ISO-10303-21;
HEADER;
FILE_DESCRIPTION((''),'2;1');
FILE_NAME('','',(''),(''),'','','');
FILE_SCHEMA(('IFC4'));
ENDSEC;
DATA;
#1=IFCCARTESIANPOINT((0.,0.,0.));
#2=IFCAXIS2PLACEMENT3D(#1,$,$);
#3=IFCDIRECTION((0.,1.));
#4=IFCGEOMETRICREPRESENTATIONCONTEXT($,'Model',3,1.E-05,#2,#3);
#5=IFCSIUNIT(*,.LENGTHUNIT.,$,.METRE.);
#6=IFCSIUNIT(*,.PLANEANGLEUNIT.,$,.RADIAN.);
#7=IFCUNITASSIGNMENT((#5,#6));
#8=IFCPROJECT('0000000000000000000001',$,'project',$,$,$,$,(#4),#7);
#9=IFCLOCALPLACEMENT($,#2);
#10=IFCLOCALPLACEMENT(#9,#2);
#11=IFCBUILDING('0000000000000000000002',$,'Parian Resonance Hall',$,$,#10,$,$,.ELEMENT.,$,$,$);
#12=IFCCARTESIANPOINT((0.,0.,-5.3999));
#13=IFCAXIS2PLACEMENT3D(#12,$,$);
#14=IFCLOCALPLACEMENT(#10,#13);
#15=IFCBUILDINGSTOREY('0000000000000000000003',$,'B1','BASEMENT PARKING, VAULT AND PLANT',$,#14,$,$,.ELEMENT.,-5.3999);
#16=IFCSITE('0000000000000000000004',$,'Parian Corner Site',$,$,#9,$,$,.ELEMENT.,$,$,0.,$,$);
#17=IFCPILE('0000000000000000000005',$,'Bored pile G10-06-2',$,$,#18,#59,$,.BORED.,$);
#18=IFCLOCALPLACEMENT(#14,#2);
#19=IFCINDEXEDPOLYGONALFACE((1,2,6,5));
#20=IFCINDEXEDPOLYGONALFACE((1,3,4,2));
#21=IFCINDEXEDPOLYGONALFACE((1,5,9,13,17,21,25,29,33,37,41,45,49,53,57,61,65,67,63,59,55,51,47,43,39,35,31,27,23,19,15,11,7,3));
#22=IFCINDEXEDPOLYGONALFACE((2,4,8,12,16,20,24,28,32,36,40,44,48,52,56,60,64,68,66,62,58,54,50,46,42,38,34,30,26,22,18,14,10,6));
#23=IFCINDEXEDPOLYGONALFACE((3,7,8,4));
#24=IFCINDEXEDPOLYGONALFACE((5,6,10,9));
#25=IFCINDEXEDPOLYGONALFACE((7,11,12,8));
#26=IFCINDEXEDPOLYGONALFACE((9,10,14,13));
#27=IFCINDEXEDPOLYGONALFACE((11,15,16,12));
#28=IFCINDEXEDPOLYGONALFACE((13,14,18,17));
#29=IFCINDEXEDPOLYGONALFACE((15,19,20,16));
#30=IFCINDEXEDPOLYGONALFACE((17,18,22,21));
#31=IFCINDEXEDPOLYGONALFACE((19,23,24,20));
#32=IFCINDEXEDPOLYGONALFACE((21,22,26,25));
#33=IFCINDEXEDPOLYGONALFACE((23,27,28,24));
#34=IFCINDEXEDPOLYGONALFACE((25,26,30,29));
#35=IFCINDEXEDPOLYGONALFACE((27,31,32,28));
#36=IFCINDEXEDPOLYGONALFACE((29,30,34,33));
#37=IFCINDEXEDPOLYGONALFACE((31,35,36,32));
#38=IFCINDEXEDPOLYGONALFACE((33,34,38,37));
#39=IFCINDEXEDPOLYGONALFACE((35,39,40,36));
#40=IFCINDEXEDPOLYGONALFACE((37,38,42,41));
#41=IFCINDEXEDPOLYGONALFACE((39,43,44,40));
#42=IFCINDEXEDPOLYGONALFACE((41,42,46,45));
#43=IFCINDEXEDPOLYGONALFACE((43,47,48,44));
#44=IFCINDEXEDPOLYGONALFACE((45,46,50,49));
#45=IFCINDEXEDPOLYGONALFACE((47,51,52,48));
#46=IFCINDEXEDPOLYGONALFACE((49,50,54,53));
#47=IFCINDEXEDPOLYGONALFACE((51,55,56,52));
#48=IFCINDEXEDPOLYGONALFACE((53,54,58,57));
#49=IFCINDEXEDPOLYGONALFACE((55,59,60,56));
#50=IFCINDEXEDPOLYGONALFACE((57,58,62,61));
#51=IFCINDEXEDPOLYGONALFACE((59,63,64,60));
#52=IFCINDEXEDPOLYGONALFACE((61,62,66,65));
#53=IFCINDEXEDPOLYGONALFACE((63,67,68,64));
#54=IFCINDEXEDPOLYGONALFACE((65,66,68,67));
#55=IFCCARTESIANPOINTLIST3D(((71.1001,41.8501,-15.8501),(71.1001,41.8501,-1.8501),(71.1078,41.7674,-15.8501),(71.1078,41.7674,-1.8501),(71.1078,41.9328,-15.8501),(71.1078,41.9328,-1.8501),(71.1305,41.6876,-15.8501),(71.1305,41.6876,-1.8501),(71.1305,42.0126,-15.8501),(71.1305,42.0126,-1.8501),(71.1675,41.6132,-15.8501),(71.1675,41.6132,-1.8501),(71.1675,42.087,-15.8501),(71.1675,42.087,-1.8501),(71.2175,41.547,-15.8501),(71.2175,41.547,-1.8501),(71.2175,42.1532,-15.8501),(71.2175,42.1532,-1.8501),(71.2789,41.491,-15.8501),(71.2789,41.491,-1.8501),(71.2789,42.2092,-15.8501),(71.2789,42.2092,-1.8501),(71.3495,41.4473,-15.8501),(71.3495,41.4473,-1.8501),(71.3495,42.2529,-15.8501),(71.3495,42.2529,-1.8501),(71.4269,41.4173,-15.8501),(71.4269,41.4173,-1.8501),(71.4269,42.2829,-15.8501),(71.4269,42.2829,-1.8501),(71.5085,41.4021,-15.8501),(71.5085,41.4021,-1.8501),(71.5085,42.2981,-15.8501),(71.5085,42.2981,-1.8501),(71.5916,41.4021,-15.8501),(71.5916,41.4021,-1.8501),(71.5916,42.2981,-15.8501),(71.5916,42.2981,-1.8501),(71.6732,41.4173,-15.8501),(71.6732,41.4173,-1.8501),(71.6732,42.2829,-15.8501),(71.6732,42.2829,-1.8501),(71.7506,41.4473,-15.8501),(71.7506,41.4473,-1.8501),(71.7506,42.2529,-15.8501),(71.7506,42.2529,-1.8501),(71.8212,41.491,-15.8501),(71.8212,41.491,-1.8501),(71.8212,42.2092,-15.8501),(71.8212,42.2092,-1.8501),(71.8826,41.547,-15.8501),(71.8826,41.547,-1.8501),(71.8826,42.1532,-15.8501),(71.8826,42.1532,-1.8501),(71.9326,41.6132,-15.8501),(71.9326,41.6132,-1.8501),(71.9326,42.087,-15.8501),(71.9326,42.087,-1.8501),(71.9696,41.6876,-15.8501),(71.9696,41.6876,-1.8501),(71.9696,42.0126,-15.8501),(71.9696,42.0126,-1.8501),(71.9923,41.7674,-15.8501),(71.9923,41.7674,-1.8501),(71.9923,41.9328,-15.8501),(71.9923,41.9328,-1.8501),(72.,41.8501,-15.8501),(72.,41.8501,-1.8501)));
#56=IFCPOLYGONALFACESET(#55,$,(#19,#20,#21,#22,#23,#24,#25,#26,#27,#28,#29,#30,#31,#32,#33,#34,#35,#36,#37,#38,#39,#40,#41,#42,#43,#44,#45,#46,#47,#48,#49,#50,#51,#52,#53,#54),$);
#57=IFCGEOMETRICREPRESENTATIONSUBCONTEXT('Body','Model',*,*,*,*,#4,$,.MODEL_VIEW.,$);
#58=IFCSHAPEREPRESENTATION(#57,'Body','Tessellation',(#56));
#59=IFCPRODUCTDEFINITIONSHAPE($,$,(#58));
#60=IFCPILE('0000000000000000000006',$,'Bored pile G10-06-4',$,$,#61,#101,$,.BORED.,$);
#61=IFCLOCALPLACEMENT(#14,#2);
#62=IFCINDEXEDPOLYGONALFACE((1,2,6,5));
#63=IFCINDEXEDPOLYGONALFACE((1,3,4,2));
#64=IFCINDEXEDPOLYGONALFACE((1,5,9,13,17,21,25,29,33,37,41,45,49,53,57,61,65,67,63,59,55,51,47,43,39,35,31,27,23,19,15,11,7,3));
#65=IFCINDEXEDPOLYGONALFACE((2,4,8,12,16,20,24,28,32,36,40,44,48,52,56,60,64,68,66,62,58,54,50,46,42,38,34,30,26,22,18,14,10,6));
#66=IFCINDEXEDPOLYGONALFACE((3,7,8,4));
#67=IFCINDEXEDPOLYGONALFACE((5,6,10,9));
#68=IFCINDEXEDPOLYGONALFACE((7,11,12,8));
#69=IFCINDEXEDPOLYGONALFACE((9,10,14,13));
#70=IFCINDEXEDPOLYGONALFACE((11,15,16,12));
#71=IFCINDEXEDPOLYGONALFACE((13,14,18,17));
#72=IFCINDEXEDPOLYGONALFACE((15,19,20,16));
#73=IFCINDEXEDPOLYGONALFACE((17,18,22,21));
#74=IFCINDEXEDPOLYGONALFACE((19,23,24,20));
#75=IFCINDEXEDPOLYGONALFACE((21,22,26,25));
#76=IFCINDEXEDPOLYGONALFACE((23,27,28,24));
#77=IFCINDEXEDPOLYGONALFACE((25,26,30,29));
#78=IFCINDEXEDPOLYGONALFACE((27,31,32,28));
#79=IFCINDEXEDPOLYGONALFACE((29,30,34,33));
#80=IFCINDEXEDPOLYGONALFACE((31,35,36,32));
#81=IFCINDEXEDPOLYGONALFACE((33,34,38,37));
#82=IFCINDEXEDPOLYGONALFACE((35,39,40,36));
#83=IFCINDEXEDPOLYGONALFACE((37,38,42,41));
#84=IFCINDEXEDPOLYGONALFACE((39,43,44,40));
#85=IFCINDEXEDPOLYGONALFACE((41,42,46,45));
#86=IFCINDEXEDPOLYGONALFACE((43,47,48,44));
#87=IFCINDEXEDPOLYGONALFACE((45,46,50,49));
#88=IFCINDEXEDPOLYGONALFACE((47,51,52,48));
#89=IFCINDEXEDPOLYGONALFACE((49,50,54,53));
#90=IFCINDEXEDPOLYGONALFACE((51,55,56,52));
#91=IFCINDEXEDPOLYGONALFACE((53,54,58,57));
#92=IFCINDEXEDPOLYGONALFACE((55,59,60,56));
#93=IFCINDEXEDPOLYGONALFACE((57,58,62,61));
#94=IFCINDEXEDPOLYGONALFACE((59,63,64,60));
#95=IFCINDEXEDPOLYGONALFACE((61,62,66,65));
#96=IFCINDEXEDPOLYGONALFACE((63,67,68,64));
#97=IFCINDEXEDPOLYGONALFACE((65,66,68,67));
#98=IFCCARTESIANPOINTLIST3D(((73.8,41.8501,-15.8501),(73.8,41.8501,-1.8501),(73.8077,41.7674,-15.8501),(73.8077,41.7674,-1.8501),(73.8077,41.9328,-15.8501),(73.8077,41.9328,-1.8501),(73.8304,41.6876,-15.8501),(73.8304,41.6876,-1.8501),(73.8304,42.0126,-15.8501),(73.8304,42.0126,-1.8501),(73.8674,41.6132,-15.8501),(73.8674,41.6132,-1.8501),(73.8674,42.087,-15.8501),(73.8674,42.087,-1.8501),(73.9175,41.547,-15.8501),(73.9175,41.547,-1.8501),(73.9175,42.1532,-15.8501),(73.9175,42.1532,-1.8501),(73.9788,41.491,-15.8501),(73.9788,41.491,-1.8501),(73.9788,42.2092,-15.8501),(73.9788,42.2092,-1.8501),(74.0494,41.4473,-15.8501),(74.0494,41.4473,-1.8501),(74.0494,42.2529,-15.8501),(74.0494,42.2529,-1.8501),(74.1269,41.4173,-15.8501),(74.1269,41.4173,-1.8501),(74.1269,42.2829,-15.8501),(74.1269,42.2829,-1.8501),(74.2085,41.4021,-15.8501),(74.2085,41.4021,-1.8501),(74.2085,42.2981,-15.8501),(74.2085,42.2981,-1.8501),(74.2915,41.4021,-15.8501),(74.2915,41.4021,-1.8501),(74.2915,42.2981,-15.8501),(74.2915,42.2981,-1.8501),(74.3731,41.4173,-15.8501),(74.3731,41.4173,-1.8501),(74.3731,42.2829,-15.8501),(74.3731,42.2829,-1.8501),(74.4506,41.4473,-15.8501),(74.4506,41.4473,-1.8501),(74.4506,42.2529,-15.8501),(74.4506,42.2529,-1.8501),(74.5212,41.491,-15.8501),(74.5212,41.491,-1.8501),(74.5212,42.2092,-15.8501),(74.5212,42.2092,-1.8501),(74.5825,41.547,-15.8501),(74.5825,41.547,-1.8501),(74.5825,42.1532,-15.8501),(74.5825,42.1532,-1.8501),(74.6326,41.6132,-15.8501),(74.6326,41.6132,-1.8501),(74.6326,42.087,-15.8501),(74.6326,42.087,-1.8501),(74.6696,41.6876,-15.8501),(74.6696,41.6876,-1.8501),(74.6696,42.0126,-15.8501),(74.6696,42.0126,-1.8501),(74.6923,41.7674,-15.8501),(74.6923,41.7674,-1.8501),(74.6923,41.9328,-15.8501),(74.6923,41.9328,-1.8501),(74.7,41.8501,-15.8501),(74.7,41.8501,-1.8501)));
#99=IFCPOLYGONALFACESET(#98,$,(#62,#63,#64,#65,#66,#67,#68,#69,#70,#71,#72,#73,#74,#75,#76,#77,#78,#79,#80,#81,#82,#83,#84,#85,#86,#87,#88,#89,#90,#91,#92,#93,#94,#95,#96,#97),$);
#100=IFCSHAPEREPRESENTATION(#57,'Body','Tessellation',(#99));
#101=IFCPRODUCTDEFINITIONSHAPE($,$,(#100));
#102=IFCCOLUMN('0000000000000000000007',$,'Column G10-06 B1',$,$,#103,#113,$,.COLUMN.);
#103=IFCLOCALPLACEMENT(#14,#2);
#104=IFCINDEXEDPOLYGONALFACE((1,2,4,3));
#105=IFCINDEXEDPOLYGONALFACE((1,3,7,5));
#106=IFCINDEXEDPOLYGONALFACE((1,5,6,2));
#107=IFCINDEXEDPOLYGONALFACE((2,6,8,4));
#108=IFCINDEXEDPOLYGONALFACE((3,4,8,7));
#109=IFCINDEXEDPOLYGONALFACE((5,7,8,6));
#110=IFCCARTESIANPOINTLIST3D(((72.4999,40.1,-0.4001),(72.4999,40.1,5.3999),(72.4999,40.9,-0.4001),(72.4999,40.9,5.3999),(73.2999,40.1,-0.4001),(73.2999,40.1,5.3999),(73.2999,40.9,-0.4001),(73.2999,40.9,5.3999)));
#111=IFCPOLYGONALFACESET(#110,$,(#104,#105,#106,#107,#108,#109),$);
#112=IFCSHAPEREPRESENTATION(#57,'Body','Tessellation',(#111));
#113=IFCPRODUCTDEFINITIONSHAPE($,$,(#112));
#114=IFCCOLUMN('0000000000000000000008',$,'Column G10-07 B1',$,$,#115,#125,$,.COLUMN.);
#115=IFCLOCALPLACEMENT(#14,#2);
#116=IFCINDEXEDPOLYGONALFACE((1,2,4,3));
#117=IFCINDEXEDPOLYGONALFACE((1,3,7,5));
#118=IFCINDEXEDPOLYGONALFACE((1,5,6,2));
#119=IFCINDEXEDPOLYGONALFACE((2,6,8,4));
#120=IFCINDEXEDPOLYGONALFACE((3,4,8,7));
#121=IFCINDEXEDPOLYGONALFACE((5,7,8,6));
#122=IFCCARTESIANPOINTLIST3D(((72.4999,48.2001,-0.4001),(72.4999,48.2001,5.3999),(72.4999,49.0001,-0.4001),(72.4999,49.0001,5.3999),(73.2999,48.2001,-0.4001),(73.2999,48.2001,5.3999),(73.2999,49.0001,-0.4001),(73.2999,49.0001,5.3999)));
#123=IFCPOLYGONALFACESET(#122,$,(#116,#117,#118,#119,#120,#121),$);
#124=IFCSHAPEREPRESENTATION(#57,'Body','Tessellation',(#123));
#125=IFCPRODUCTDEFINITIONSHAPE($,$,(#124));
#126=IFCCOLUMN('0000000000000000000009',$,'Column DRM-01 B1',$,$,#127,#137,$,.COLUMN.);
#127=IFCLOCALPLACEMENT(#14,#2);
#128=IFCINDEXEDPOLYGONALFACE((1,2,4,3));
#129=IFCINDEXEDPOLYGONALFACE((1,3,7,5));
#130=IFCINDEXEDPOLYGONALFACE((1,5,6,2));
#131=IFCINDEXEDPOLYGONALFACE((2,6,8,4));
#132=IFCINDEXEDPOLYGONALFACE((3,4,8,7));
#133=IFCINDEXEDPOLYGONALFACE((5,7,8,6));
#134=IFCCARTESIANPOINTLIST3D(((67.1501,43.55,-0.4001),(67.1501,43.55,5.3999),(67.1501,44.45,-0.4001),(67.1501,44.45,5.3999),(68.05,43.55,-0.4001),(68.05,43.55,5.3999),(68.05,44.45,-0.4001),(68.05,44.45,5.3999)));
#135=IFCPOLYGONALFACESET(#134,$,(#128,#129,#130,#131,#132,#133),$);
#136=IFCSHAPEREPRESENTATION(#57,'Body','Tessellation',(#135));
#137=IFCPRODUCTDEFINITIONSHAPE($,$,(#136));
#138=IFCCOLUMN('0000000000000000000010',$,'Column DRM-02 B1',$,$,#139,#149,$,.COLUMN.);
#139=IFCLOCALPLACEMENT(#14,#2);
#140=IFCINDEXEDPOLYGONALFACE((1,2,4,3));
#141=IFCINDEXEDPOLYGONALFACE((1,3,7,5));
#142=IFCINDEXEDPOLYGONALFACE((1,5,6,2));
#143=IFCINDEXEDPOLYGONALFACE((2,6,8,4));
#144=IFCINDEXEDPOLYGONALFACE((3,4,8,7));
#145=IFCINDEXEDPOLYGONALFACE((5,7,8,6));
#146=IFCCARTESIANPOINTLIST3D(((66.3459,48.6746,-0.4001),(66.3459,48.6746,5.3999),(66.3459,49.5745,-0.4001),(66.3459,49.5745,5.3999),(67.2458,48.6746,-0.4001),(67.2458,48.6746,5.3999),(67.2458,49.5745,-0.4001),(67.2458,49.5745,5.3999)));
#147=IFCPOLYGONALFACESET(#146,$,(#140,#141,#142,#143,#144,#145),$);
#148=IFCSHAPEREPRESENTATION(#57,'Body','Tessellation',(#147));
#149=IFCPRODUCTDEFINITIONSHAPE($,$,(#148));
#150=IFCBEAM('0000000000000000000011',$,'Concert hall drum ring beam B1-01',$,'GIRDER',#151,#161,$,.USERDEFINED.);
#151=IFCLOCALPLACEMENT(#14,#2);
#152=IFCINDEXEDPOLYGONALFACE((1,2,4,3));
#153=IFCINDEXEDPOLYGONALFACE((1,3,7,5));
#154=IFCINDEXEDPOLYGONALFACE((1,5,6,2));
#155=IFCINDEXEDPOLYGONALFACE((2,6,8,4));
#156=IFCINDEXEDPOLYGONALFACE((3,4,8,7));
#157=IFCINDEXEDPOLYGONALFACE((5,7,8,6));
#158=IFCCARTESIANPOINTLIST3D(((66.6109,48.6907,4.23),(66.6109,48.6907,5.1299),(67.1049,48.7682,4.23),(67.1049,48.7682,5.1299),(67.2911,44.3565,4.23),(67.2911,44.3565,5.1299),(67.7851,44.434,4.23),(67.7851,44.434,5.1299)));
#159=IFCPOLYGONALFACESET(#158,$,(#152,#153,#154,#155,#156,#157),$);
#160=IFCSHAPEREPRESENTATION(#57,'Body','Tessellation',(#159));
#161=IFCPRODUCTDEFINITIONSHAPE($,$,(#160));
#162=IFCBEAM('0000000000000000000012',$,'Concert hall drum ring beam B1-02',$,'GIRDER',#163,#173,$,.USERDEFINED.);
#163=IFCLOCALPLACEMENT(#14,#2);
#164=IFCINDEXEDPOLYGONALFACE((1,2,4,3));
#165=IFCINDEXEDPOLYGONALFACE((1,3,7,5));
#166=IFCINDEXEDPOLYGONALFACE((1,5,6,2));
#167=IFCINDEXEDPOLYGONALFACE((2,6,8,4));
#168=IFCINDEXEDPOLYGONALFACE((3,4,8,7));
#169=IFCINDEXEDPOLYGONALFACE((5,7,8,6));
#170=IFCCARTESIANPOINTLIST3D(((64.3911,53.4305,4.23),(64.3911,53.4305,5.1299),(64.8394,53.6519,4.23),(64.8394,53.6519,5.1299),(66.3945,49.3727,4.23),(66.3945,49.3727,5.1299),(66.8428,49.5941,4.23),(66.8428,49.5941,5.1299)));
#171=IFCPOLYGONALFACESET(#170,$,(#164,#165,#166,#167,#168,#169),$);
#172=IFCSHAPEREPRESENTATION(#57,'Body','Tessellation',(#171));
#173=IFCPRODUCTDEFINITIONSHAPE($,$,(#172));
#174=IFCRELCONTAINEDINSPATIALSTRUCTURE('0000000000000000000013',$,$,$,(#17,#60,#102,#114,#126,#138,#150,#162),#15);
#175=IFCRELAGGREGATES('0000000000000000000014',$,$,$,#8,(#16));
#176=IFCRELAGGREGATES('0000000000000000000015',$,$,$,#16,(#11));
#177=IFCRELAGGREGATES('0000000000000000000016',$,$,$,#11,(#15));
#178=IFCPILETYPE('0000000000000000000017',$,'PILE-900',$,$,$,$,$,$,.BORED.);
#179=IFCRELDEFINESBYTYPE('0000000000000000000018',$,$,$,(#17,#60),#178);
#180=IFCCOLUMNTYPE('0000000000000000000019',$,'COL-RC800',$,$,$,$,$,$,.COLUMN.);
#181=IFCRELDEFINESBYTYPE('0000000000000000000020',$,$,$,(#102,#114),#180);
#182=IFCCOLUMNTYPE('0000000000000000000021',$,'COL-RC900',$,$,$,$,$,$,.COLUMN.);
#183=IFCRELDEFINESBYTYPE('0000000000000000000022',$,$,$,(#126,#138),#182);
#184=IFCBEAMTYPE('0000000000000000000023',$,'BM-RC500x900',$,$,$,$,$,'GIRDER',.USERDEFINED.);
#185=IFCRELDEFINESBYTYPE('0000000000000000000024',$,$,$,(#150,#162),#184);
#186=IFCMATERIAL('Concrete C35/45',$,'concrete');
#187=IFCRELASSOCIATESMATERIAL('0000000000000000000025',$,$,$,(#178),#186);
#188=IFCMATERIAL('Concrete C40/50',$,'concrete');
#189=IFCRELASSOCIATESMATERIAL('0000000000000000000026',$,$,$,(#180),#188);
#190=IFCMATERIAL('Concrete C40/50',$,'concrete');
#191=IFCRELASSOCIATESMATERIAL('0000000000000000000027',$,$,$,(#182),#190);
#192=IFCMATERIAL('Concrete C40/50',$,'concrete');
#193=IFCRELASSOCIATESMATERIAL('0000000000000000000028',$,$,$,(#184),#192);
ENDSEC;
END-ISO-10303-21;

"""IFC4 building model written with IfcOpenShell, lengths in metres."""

from ifc_helpers import new_model, si_unit, direction, frame, origin, origin_2d, place, context, subcontext, project, spatial, rectangle, circle, extrude, material, material_profile, profile_set, type_object, element, save


model = new_model("IFC4")

# Units and contexts
model_context = context("Model", 3, precision=1e-05, world=origin(), true_north=direction((0.0, 1.0)))
body_context = subcontext(model_context, "Body", "Model", "MODEL_VIEW")
ifc_project = project(units=[si_unit("LENGTHUNIT", "METRE"), si_unit("PLANEANGLEUNIT", "RADIAN")], contexts=[model_context])

# Site, building, storey
site_placement = place(None, origin())
site = spatial("IfcSite", under=ifc_project, at=site_placement, Name="Parian Corner Site", CompositionType="ELEMENT", RefElevation=0.0)
building_placement = place(site_placement, origin())
building = spatial("IfcBuilding", under=site, at=building_placement, Name="Parian Resonance Hall", CompositionType="ELEMENT")
storey_placement = place(building_placement, frame((0.0, 0.0, -5.3999)))
storey = spatial("IfcBuildingStorey", under=building, at=storey_placement, Name="B1", Description="BASEMENT PARKING, VAULT AND PLANT", CompositionType="ELEMENT", Elevation=-5.3999)

# Piles
ifc_material_1 = material(Name="Concrete C35/45", Category="concrete")
ifc_material_profile_1 = material_profile(ifc_material_1, circle(Radius=0.45, at=origin_2d()), Name="PILE-D900")
ifc_profile_set_1 = profile_set([ifc_material_profile_1], Name="Concrete C35/45")
pile_type_1 = type_object("IfcPileType", Name="PILE-900", PredefinedType="BORED", material=ifc_profile_set_1)
for number, where, z_axis, x_axis, name in (
    (1, (71.55, 41.8501, -1.8501), (0.0, 0.0, -1.0), (1.0, 0.0, 0.0), "Bored pile G10-06-2"),
    (2, (74.25, 41.8501, -1.8501), (0.0, 0.0, -1.0), (1.0, 0.0, 0.0), "Bored pile G10-06-4"),
):
    element("IfcPile", number, at=place(storey_placement, frame(where, z_axis=z_axis, x_axis=x_axis)), inside=storey, type_object=pile_type_1, Name=name, PredefinedType="BORED", context=body_context, shape_type="SweptSolid", body=[
        extrude(circle(Radius=0.45, at=origin_2d()), origin(), (0.0, 0.0, 1.0), 14.0),
    ])

# Columns
ifc_material_2 = material(Name="Concrete C40/50", Category="concrete")
ifc_material_profile_2 = material_profile(ifc_material_2, rectangle(XDim=0.8, YDim=0.8, at=origin_2d()), Name="RC-COL-800x800")
ifc_profile_set_2 = profile_set([ifc_material_profile_2], Name="Concrete C40/50")
column_type_1 = type_object("IfcColumnType", Name="COL-RC800", PredefinedType="COLUMN", material=ifc_profile_set_2)
for number, where, z_axis, x_axis, name in (
    (3, (72.8999, 40.5, -0.4001), (0.0, 0.0, 1.0), (1.0, 0.0, 0.0), "Column G10-06 B1"),
    (4, (72.8999, 48.6001, -0.4001), (0.0, 0.0, 1.0), (1.0, 0.0, 0.0), "Column G10-07 B1"),
):
    element("IfcColumn", number, at=place(storey_placement, frame(where, z_axis=z_axis, x_axis=x_axis)), inside=storey, type_object=column_type_1, Name=name, PredefinedType="COLUMN", context=body_context, shape_type="SweptSolid", body=[
        extrude(rectangle(XDim=0.8, YDim=0.8, at=origin_2d()), origin(), (0.0, 0.0, 1.0), 5.8),
    ])
ifc_material_3 = material(Name="Concrete C40/50", Category="concrete")
ifc_material_profile_3 = material_profile(ifc_material_3, rectangle(XDim=0.8999, YDim=0.8999, at=origin_2d()), Name="RC-COL-900x900")
ifc_profile_set_3 = profile_set([ifc_material_profile_3], Name="Concrete C40/50")
column_type_2 = type_object("IfcColumnType", Name="COL-RC900", PredefinedType="COLUMN", material=ifc_profile_set_3)
for number, where, z_axis, x_axis, name in (
    (5, (67.6001, 44.0, -0.4001), (0.0, 0.0, 1.0), (1.0, 0.0, 0.0), "Column DRM-01 B1"),
    (6, (66.7959, 49.1245, -0.4001), (0.0, 0.0, 1.0), (1.0, 0.0, 0.0), "Column DRM-02 B1"),
):
    element("IfcColumn", number, at=place(storey_placement, frame(where, z_axis=z_axis, x_axis=x_axis)), inside=storey, type_object=column_type_2, Name=name, PredefinedType="COLUMN", context=body_context, shape_type="SweptSolid", body=[
        extrude(rectangle(XDim=0.8999, YDim=0.8999, at=origin_2d()), origin(), (0.0, 0.0, 1.0), 5.8),
    ])

# Beams
ifc_material_4 = material(Name="Concrete C40/50", Category="concrete")
ifc_material_profile_4 = material_profile(ifc_material_4, rectangle(XDim=0.5, YDim=0.8999, at=origin_2d()), Name="RC-BM-500x900")
ifc_profile_set_4 = profile_set([ifc_material_profile_4], Name="Concrete C40/50")
beam_type_1 = type_object("IfcBeamType", Name="BM-RC500x900", ElementType="GIRDER", PredefinedType="USERDEFINED", material=ifc_profile_set_4)
beam_1_placement = place(storey_placement, frame((67.5381, 44.3953, 4.6799), z_axis=(-0.155034, 0.987909, 0.0), x_axis=(-0.987909, -0.155034, 0.0)))
element("IfcBeam", 7, at=beam_1_placement, inside=storey, type_object=beam_type_1, Name="Concert hall drum ring beam B1-01", ObjectType="GIRDER", PredefinedType="USERDEFINED", context=body_context, shape_type="SweptSolid", body=[
    extrude(rectangle(XDim=0.5, YDim=0.8999, at=origin_2d()), origin(), (0.0, 0.0, 1.0), 4.3872),
])
beam_2_placement = place(storey_placement, frame((66.6187, 49.4834, 4.6799), z_axis=(-0.442698, 0.896671, 0.0), x_axis=(-0.896671, -0.442698, 0.0)))
element("IfcBeam", 8, at=beam_2_placement, inside=storey, type_object=beam_type_1, Name="Concert hall drum ring beam B1-02", ObjectType="GIRDER", PredefinedType="USERDEFINED", context=body_context, shape_type="SweptSolid", body=[
    extrude(rectangle(XDim=0.5, YDim=0.8999, at=origin_2d()), origin(), (0.0, 0.0, 1.0), 4.5254),
])

save(model, "model.ifc")
